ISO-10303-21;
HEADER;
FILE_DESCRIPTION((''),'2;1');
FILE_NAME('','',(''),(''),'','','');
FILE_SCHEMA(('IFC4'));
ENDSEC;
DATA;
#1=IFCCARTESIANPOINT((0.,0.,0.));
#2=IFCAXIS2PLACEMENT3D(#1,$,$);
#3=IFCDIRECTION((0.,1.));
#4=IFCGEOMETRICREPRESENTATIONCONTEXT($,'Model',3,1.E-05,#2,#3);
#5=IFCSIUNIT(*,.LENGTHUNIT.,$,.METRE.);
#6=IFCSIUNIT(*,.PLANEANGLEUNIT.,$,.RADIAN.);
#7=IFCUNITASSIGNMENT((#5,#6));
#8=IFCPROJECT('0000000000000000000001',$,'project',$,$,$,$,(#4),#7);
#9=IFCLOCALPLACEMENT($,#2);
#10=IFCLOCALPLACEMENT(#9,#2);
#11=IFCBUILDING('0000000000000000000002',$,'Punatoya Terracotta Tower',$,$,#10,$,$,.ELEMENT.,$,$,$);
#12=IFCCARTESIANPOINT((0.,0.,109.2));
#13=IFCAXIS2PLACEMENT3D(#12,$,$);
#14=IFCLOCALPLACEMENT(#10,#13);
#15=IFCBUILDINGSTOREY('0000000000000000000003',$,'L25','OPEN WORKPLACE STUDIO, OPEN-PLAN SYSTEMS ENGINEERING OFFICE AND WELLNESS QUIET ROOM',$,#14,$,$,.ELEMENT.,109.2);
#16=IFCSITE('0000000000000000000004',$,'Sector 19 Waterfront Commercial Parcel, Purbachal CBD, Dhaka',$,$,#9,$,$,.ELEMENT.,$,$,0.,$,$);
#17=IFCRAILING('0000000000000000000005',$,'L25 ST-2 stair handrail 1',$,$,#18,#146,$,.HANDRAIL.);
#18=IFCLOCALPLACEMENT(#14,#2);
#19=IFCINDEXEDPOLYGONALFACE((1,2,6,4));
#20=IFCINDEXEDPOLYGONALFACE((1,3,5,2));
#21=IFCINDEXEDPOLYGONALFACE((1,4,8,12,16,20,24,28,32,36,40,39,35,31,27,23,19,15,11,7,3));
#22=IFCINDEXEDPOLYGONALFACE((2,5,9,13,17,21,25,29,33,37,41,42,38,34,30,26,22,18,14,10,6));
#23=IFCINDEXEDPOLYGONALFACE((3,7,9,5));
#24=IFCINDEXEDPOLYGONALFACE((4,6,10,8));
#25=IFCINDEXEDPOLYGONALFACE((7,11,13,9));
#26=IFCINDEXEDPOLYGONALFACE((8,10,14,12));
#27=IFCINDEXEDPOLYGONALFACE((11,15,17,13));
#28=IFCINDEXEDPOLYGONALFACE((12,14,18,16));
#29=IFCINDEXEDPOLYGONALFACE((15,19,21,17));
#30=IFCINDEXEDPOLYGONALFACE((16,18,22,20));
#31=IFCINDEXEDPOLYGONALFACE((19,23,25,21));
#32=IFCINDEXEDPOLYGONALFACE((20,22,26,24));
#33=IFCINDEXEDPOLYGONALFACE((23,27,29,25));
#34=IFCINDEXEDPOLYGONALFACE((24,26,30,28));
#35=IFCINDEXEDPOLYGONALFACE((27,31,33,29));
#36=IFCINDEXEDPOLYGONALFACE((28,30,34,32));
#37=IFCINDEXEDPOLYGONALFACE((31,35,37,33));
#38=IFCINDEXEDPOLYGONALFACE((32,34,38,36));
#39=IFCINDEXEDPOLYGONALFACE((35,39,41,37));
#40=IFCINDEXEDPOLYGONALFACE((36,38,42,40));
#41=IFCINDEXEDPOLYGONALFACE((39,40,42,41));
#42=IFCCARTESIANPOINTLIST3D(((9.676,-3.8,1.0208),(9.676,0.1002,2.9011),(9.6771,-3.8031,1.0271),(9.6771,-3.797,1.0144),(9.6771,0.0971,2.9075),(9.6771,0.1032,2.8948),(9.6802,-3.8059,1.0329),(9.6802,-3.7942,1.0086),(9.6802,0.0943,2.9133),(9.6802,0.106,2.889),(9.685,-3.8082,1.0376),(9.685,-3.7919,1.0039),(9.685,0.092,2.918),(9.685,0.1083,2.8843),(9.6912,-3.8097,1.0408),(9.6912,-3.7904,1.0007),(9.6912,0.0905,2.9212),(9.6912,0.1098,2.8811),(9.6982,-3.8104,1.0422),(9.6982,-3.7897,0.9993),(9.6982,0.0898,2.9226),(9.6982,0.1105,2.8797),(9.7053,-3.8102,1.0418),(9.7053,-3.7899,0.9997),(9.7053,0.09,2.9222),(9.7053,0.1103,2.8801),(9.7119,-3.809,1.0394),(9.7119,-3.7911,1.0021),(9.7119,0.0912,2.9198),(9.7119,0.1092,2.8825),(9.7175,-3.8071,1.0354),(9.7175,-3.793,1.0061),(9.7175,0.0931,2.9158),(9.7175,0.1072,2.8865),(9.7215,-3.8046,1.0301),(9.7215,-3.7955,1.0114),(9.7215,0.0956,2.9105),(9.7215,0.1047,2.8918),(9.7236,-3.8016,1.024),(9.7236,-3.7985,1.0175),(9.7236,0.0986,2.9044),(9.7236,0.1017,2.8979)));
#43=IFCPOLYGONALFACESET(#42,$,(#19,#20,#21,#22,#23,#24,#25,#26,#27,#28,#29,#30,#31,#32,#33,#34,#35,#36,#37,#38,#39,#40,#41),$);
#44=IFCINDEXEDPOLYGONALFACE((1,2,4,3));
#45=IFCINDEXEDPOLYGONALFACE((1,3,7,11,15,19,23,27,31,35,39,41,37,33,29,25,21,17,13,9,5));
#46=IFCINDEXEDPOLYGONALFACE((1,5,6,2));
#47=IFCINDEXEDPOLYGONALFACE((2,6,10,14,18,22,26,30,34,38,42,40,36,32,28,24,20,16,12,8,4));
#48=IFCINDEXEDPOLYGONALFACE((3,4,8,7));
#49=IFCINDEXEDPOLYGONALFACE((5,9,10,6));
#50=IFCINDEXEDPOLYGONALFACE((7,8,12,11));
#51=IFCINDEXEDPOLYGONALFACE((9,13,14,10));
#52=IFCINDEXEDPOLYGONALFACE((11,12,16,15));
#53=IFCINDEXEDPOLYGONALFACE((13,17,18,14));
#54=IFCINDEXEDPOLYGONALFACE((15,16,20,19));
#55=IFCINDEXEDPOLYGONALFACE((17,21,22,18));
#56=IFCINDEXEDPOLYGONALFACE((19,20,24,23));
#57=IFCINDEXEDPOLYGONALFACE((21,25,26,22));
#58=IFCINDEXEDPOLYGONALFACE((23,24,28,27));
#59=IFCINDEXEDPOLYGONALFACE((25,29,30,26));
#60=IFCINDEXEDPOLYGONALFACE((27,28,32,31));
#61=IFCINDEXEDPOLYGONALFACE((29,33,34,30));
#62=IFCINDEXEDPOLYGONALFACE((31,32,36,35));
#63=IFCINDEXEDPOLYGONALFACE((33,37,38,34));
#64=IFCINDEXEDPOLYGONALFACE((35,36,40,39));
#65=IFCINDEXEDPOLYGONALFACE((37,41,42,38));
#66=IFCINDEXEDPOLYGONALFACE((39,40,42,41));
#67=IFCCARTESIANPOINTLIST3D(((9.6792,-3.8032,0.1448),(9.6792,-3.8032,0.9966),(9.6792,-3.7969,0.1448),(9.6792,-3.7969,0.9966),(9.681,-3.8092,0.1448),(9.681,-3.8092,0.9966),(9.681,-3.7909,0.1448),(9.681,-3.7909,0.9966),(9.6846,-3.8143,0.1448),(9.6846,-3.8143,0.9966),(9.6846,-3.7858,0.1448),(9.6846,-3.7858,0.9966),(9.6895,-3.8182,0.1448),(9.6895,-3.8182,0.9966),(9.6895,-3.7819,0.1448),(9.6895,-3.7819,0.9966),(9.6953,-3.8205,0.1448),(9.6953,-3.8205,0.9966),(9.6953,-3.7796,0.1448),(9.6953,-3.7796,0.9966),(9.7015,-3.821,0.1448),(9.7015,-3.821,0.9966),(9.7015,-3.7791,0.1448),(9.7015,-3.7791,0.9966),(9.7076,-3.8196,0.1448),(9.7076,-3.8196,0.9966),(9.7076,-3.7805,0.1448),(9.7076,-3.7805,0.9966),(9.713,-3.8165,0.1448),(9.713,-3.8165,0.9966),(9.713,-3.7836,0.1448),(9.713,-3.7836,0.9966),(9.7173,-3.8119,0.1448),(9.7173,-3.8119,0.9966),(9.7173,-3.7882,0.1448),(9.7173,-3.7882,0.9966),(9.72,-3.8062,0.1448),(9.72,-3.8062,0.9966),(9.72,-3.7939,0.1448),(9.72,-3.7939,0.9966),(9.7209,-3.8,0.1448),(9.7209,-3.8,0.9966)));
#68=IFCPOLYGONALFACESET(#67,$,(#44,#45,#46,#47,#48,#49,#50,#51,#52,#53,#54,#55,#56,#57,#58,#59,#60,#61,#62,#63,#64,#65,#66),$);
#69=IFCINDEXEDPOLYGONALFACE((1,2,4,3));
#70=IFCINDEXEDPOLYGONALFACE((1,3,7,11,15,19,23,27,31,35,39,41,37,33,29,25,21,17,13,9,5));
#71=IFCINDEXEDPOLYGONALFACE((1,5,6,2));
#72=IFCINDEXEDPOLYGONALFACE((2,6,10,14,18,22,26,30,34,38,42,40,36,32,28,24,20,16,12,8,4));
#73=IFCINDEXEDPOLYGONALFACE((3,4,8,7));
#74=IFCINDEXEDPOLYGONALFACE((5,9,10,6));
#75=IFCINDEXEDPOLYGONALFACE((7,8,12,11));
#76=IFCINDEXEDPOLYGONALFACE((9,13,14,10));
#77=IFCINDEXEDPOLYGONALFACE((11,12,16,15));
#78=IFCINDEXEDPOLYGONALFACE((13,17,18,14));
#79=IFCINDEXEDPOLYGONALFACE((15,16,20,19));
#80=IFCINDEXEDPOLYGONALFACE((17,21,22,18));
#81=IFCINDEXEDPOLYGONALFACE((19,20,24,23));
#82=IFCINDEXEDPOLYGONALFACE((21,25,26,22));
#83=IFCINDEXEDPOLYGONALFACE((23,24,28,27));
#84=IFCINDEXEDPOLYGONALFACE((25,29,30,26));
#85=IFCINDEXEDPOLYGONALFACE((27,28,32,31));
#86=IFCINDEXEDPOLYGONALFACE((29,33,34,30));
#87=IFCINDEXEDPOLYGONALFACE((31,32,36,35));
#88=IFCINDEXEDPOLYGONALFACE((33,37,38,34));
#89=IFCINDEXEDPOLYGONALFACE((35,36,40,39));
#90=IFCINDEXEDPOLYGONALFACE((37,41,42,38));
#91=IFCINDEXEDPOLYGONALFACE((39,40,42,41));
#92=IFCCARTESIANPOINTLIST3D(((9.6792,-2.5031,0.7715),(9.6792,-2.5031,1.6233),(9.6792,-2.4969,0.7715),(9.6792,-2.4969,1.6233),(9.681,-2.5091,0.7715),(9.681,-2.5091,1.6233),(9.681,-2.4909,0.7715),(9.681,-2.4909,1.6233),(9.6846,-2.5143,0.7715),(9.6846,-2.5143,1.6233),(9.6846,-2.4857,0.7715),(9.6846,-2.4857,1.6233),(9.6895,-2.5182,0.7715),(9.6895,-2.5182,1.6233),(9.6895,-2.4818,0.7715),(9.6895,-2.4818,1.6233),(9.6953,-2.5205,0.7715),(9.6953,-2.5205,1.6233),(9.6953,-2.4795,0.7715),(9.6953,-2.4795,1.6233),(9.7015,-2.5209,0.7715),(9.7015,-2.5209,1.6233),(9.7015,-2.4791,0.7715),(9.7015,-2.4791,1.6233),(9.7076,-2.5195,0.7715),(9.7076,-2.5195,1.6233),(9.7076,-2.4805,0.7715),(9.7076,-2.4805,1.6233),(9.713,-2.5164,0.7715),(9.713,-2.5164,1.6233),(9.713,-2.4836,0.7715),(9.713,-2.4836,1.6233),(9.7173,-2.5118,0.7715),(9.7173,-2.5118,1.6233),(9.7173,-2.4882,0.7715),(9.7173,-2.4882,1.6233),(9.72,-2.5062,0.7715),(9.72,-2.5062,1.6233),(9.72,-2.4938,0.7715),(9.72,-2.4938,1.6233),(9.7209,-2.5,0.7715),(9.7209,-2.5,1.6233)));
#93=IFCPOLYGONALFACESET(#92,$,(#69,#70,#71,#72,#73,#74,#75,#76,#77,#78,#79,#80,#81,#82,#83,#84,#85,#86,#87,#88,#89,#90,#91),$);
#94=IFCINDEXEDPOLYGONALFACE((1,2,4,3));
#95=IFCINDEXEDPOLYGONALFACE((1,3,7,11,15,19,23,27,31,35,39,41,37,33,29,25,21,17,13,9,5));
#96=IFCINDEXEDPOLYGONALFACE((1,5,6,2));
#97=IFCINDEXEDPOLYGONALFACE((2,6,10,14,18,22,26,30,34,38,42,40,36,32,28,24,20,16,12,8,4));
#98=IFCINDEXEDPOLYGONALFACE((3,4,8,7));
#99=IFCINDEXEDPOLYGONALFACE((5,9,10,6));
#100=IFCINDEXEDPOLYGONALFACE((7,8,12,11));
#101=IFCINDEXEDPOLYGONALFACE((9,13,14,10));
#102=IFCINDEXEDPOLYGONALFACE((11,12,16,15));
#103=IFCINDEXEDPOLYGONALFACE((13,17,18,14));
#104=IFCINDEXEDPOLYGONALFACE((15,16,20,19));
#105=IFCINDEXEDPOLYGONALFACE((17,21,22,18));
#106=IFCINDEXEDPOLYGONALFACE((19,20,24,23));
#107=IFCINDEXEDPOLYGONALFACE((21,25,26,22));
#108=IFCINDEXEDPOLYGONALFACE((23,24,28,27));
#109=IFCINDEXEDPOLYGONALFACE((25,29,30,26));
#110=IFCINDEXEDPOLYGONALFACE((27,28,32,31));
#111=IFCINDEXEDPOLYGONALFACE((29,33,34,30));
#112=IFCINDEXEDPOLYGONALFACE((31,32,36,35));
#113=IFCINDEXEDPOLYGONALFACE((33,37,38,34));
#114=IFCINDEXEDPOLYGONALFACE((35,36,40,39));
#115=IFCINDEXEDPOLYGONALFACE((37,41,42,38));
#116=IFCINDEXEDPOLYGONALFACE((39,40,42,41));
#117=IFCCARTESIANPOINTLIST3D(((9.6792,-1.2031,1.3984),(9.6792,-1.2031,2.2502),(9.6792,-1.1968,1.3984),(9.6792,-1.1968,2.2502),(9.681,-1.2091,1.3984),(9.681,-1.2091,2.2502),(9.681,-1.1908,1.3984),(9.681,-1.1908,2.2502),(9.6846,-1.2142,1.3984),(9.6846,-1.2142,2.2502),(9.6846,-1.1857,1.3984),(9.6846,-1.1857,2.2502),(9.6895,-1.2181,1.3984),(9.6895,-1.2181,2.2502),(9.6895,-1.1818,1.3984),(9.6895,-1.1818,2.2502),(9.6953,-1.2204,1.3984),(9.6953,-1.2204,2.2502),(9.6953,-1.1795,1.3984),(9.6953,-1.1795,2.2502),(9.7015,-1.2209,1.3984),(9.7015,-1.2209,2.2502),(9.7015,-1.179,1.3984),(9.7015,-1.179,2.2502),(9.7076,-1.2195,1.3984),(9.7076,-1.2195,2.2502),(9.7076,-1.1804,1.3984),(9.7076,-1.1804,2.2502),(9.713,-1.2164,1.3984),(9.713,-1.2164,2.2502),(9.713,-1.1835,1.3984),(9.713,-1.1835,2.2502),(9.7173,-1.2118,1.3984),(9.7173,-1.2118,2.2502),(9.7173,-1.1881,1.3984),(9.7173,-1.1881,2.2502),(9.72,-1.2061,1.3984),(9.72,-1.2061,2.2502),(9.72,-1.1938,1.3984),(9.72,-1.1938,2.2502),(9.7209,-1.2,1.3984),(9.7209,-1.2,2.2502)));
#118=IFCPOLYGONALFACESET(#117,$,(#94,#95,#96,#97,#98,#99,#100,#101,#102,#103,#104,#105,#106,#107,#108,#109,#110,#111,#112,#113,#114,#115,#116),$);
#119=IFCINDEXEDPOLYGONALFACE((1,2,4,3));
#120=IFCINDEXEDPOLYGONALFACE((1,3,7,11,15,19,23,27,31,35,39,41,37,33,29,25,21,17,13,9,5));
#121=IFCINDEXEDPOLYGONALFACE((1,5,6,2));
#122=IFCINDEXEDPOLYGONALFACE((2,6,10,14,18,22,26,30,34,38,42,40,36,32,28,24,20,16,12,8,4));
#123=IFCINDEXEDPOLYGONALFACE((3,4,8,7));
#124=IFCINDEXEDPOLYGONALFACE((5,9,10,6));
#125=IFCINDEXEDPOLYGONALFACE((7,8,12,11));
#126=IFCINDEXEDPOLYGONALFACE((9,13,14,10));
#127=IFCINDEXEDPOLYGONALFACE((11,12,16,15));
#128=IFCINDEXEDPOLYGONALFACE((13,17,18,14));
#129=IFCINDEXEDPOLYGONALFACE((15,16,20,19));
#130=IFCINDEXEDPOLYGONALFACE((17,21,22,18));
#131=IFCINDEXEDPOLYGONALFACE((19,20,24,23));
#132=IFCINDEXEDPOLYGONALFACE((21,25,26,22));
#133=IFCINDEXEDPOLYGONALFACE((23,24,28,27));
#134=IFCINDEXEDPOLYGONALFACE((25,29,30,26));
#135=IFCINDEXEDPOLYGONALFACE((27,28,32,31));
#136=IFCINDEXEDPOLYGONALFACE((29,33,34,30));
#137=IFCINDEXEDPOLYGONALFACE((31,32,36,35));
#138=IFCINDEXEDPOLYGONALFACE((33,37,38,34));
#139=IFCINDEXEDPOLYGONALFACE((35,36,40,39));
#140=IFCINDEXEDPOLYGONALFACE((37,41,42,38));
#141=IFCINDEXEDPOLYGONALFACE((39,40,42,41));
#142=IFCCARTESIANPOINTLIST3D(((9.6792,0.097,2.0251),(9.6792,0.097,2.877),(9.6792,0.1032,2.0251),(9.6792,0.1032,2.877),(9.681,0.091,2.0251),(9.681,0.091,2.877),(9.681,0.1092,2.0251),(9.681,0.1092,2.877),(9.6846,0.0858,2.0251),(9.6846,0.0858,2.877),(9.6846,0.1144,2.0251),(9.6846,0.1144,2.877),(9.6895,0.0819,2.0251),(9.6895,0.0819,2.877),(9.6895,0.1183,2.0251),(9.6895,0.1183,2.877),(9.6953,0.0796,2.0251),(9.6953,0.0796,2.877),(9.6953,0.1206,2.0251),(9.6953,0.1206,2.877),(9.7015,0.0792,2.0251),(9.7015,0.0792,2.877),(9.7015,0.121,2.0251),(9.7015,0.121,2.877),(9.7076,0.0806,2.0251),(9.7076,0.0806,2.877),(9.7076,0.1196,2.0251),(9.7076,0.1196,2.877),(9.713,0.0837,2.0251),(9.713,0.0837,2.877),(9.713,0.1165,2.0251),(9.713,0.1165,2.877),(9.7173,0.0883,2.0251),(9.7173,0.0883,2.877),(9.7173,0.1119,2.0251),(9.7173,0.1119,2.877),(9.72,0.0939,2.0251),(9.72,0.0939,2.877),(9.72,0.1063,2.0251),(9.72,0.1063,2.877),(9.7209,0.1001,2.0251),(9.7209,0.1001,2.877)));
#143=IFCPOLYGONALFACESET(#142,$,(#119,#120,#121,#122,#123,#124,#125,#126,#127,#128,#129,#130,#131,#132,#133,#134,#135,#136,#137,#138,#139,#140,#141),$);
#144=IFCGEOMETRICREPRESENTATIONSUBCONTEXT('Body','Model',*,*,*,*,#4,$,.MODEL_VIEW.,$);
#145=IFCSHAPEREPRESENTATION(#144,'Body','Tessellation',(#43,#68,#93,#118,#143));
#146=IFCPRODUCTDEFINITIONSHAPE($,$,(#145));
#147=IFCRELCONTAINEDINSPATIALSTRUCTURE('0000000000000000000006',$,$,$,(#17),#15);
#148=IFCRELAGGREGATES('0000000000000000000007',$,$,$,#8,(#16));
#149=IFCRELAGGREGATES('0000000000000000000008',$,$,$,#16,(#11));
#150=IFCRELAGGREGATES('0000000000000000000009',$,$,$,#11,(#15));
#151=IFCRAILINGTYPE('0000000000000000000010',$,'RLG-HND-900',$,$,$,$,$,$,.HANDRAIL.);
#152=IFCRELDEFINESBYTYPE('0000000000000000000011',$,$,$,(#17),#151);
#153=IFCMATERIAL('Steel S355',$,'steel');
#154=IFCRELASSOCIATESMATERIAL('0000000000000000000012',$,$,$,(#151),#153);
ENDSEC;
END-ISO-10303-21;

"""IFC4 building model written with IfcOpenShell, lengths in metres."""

from ifc_helpers import new_model, si_unit, direction, frame, origin, origin_2d, place, context, subcontext, project, spatial, circle, extrude, material, type_object, element, save


model = new_model("IFC4")

# Units and contexts
model_context = context("Model", 3, precision=1e-05, world=origin(), true_north=direction((0.0, 1.0)))
body_context = subcontext(model_context, "Body", "Model", "MODEL_VIEW")
ifc_project = project(units=[si_unit("LENGTHUNIT", "METRE"), si_unit("PLANEANGLEUNIT", "RADIAN")], contexts=[model_context])

# Site, building, storey
site_placement = place(None, origin())
site = spatial("IfcSite", under=ifc_project, at=site_placement, Name="Sector 19 Waterfront Commercial Parcel, Purbachal CBD, Dhaka", CompositionType="ELEMENT", RefElevation=0.0)
building_placement = place(site_placement, origin())
building = spatial("IfcBuilding", under=site, at=building_placement, Name="Punatoya Terracotta Tower", CompositionType="ELEMENT")
storey_placement = place(building_placement, frame((0.0, 0.0, 109.2)))
storey = spatial("IfcBuildingStorey", under=building, at=storey_placement, Name="L25", Description="OPEN WORKPLACE STUDIO, OPEN-PLAN SYSTEMS ENGINEERING OFFICE AND WELLNESS QUIET ROOM", CompositionType="ELEMENT", Elevation=109.2)

# Railing
ifc_material_1 = material(Name="Steel S355", Category="steel")
railing_type_1 = type_object("IfcRailingType", Name="RLG-HND-900", PredefinedType="HANDRAIL", material=ifc_material_1)
railing_1_placement = place(storey_placement, frame((9.7, -3.8, 0.1448)))
element("IfcRailing", 1, at=railing_1_placement, inside=storey, type_object=railing_type_1, Name="L25 ST-2 stair handrail 1", PredefinedType="HANDRAIL", context=body_context, shape_type="SweptSolid", body=[
    extrude(circle(Radius=0.0239, at=origin_2d()), frame((0.0, 0.0, 0.876), z_axis=(0.0, 0.900774, 0.434289), x_axis=(-1.0, 0.0, 0.0)), (0.0, 0.0, 1.0), 4.3298),
    extrude(circle(Radius=0.021, at=origin_2d()), origin(), (0.0, 0.0, 1.0), 0.8518),
    extrude(circle(Radius=0.021, at=origin_2d()), frame((0.0, 1.3, 0.6267)), (0.0, 0.0, 1.0), 0.8518),
    extrude(circle(Radius=0.021, at=origin_2d()), frame((0.0, 2.6001, 1.2537)), (0.0, 0.0, 1.0), 0.8518),
    extrude(circle(Radius=0.021, at=origin_2d()), frame((0.0, 3.9001, 1.8804)), (0.0, 0.0, 1.0), 0.8518),
])

save(model, "model.ifc")
